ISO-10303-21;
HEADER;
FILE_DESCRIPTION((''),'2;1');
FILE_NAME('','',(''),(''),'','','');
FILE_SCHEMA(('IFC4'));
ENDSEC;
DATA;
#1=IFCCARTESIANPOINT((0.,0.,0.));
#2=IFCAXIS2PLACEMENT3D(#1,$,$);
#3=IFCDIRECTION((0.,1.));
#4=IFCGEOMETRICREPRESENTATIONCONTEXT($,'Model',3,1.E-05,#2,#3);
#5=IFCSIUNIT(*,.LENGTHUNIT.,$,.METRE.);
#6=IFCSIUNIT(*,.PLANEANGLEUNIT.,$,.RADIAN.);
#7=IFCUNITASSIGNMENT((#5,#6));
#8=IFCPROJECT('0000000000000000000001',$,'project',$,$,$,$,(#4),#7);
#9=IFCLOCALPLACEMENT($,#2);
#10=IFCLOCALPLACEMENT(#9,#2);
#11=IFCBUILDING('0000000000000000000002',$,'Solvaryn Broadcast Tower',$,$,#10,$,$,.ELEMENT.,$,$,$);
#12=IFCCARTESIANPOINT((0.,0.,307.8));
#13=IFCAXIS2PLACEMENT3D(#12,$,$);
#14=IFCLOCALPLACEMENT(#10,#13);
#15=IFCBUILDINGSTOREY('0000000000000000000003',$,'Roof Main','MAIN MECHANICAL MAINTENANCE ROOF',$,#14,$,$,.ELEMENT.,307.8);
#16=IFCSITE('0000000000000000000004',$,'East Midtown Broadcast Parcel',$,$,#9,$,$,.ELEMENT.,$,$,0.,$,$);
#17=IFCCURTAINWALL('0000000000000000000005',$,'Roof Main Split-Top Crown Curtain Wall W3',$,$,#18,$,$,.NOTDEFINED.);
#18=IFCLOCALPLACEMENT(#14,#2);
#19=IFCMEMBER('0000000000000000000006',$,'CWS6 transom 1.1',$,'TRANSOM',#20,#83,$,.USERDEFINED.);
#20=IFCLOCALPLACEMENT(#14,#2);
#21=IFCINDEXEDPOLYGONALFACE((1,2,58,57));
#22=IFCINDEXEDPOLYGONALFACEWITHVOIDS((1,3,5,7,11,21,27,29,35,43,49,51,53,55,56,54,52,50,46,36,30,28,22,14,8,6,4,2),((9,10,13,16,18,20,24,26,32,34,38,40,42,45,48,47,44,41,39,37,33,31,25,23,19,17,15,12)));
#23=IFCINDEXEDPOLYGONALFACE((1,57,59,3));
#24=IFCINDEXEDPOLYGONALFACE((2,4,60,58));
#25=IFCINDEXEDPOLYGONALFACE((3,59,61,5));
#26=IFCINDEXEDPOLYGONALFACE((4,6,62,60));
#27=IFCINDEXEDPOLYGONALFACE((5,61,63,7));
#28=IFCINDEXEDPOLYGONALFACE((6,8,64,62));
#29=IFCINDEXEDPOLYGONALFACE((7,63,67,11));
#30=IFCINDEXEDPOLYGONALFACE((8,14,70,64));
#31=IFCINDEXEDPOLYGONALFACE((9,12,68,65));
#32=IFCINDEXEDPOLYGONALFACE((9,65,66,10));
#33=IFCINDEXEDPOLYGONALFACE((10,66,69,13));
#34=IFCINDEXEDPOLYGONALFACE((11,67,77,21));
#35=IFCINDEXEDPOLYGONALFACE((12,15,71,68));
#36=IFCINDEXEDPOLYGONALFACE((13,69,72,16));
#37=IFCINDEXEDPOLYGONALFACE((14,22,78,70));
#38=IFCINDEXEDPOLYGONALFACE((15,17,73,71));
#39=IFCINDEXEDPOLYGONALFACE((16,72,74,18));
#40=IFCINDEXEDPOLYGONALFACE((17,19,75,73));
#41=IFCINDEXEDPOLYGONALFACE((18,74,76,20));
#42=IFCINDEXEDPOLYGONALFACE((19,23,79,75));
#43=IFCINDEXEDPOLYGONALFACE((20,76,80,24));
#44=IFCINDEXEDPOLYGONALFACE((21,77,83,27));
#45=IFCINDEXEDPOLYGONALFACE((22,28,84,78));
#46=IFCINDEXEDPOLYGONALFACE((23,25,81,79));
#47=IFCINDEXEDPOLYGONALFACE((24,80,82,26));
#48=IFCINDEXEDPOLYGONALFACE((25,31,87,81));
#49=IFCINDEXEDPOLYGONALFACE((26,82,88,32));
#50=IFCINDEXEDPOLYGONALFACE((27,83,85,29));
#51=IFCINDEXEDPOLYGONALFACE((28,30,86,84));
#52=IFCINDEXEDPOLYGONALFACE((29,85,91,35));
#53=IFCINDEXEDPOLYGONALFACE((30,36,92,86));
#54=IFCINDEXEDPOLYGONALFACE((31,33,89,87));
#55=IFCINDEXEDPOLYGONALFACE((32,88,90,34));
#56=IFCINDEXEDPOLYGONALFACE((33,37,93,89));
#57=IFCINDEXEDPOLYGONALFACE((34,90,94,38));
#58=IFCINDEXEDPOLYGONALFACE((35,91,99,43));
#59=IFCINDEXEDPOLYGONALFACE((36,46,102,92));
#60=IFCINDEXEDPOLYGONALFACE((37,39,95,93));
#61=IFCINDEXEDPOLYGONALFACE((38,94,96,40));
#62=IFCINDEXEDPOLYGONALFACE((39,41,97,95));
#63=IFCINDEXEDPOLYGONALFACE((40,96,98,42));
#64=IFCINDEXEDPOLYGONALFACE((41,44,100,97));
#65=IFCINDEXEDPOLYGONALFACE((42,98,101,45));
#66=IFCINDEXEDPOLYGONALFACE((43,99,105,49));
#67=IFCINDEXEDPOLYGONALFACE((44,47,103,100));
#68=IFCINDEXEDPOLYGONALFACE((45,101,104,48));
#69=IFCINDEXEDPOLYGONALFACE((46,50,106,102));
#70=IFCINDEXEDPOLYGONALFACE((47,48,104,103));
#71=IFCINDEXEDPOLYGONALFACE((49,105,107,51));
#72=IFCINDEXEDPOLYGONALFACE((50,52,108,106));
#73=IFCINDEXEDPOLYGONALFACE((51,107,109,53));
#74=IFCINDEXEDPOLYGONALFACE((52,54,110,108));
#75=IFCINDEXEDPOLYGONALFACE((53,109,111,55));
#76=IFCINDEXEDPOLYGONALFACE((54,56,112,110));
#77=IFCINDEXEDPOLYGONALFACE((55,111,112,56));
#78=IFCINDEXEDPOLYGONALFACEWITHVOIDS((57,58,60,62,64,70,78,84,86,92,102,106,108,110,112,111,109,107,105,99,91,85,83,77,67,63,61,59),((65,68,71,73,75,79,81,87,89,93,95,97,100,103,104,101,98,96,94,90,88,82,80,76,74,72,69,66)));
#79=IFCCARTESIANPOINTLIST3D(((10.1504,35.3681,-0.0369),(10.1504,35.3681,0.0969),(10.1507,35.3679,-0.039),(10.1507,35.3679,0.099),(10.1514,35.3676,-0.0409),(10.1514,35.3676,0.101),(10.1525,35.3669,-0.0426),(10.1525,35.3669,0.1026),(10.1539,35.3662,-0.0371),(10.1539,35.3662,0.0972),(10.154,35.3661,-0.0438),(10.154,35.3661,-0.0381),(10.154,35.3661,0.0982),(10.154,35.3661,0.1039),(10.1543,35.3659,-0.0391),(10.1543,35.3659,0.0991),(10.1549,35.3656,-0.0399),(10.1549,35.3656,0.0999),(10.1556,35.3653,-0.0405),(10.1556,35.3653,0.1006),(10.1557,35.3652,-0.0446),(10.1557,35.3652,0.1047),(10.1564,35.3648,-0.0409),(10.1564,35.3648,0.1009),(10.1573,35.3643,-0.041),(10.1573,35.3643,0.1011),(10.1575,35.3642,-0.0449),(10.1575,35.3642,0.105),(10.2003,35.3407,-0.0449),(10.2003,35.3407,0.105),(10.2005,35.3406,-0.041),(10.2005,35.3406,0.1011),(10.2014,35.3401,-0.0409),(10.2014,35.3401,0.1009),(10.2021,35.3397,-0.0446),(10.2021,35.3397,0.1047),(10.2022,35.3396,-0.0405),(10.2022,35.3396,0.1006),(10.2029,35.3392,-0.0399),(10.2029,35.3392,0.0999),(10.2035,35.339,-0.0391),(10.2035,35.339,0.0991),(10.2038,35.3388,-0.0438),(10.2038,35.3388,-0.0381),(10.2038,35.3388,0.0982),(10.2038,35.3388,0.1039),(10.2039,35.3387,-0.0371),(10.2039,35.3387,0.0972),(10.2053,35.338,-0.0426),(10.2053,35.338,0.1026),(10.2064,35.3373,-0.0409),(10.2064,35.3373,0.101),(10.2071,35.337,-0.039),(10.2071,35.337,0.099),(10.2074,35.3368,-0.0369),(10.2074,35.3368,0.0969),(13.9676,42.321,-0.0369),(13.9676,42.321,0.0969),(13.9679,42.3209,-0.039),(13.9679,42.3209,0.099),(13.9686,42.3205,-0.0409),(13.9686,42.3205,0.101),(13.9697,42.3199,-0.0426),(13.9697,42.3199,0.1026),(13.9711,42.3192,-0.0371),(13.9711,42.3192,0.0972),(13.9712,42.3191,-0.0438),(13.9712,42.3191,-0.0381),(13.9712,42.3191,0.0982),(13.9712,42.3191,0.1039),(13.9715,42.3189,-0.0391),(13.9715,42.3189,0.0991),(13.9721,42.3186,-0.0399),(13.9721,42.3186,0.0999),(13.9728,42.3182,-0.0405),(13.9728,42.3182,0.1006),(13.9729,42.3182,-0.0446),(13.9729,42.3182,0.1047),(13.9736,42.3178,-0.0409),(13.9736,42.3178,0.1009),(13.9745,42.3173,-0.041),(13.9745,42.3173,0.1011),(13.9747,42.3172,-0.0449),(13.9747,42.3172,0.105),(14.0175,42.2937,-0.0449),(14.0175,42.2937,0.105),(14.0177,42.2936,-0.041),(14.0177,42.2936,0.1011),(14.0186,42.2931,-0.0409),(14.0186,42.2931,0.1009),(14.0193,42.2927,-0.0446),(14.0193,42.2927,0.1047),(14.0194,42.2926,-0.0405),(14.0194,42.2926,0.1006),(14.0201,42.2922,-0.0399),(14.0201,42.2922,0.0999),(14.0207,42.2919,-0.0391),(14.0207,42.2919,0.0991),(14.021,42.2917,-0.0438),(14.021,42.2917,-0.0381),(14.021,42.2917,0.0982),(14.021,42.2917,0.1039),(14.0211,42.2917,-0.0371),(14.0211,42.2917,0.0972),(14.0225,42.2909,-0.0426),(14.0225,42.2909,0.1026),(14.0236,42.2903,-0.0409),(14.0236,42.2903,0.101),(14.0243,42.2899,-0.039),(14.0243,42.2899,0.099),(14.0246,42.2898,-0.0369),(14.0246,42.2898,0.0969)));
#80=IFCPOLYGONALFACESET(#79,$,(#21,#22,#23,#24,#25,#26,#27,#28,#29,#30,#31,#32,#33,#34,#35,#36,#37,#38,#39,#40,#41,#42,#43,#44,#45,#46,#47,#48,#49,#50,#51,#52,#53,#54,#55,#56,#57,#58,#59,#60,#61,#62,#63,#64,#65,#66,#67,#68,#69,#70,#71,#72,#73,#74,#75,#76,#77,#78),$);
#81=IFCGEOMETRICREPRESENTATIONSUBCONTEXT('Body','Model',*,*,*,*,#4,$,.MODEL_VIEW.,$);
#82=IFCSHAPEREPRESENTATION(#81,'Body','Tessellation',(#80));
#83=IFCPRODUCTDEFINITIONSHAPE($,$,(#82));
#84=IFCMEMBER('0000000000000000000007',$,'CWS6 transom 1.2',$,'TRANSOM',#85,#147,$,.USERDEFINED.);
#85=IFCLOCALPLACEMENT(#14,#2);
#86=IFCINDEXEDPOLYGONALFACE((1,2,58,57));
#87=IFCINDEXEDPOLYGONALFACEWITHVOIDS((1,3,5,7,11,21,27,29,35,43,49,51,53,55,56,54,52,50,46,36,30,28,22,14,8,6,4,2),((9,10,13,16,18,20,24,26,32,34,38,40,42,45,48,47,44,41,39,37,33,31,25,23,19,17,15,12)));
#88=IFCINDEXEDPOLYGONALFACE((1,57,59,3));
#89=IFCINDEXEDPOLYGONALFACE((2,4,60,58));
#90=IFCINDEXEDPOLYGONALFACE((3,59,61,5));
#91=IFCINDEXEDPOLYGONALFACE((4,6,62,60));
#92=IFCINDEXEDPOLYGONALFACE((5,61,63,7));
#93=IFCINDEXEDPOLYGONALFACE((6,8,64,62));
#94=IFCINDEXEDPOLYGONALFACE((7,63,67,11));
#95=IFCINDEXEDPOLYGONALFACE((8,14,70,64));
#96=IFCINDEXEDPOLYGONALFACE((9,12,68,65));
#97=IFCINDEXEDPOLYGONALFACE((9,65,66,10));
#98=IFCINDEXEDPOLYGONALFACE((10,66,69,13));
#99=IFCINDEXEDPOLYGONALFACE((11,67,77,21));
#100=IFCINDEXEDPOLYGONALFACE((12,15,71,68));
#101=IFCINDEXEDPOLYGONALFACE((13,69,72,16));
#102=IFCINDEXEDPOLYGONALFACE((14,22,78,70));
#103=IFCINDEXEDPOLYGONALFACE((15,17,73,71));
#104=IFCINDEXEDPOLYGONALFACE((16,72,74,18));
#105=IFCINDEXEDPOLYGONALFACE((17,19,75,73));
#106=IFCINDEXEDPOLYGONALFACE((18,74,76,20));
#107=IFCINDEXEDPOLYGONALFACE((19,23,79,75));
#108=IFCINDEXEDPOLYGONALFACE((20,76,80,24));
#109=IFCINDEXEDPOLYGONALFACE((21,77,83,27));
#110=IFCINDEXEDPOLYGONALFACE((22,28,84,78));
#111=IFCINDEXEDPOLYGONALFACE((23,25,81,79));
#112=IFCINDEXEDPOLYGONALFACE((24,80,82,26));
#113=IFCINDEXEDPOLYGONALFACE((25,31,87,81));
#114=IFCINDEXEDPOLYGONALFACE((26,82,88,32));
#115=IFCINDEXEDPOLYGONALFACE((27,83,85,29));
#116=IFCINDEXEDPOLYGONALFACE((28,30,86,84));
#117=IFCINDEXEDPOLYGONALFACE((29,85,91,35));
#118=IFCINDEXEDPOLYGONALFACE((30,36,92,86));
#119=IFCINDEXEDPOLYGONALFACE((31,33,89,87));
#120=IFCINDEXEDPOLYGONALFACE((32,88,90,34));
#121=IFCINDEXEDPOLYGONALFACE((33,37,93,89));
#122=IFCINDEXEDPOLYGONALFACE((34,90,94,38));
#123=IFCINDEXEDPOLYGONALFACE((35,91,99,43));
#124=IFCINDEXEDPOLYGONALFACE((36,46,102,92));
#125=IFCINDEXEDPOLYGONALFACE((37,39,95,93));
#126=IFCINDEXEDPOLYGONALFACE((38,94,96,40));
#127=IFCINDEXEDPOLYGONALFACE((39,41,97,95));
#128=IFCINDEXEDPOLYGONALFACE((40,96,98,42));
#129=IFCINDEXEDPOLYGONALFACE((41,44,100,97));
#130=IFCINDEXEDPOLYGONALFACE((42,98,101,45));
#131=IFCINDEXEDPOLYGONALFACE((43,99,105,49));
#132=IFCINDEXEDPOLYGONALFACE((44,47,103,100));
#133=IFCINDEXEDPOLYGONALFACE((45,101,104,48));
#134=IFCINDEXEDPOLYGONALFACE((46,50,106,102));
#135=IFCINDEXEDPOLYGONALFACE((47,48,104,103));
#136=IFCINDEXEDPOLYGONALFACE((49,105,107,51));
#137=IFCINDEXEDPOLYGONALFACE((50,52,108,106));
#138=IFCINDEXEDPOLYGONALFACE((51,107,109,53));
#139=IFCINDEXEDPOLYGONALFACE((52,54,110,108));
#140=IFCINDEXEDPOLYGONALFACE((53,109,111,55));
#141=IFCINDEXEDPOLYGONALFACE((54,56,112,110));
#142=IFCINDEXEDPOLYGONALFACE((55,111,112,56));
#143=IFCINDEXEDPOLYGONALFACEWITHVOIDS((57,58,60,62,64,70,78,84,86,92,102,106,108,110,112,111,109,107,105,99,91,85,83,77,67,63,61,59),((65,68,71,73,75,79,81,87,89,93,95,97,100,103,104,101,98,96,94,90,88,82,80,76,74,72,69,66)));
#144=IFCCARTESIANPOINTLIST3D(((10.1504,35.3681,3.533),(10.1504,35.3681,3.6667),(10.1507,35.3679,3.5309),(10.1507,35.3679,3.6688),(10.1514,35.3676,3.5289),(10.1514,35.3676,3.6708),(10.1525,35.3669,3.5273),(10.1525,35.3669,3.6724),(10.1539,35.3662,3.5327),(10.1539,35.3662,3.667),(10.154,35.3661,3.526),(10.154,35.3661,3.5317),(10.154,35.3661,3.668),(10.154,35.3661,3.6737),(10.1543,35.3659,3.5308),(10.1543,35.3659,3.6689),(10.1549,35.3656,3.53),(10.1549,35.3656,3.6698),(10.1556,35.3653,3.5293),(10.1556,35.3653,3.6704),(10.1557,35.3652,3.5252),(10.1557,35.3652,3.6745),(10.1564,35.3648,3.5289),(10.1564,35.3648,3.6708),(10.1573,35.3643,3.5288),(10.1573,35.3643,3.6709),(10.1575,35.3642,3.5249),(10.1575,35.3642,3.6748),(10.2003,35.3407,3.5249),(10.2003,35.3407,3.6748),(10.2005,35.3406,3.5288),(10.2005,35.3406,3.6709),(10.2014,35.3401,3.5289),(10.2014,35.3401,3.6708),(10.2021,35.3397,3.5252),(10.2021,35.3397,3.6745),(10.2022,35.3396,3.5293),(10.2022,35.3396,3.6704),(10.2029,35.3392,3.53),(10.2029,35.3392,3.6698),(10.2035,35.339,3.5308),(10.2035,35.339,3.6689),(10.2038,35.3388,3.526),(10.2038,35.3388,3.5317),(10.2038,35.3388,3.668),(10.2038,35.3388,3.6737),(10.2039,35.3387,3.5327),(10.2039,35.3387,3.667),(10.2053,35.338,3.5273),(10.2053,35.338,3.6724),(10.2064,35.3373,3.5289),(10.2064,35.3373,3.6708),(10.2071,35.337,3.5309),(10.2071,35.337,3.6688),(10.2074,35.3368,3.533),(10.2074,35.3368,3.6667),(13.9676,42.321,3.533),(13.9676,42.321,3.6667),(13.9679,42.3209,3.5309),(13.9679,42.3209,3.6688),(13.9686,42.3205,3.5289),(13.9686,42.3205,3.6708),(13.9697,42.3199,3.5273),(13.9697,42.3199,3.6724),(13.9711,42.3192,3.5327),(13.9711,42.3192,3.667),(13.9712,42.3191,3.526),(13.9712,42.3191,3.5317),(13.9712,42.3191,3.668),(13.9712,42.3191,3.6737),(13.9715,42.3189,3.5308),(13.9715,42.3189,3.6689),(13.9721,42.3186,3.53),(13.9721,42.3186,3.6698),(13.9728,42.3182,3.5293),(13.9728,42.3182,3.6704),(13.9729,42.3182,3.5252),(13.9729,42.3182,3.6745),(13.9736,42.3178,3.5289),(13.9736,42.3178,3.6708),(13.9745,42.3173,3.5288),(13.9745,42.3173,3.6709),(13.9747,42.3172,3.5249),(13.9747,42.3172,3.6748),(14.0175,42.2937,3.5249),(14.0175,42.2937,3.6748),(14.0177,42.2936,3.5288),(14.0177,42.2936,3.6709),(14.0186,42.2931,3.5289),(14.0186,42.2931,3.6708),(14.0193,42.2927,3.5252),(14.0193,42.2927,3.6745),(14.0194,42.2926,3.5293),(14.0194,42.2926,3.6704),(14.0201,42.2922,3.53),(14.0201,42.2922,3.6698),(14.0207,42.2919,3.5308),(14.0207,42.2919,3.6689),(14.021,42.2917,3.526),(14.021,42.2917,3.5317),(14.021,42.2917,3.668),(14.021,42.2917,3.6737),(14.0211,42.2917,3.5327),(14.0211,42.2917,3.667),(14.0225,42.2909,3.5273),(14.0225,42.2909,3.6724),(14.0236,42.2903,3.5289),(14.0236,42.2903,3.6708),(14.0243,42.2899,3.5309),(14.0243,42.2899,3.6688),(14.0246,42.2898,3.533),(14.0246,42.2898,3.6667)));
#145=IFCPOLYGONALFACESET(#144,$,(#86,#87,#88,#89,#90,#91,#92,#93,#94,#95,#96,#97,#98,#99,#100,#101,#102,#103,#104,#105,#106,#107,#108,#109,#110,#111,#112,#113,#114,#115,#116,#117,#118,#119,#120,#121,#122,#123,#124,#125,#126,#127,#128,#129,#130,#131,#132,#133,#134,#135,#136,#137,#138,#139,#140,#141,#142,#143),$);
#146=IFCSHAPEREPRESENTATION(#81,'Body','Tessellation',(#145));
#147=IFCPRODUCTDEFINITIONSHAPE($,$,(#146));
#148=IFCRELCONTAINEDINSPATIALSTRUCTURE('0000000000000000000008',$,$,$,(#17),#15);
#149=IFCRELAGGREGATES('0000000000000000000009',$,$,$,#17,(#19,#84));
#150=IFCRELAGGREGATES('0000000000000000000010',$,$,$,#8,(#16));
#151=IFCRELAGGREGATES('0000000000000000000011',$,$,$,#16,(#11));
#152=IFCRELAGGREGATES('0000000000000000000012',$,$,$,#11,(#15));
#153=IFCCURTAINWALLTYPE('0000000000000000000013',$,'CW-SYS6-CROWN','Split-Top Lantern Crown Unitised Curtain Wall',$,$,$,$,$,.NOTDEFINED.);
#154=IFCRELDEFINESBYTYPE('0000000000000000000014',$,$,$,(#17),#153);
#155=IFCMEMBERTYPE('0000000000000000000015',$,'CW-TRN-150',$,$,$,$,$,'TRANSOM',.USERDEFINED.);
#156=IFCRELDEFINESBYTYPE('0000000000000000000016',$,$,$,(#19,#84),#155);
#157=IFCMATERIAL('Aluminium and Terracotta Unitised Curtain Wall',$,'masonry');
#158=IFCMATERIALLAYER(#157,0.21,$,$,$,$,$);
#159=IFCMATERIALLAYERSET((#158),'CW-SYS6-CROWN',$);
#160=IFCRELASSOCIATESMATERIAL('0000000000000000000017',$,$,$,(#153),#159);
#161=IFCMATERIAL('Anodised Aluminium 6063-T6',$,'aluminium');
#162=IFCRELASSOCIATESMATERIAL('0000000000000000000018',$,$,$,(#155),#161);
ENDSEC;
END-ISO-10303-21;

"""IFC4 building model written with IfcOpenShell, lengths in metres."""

from ifc_helpers import new_model, si_unit, direction, frame, origin, origin_2d, place, context, subcontext, project, spatial, hollow_rectangle, extrude, material, layer, layer_set, material_profile, profile_set, type_object, element, aggregate, save


model = new_model("IFC4")

# Units and contexts
model_context = context("Model", 3, precision=1e-05, world=origin(), true_north=direction((0.0, 1.0)))
body_context = subcontext(model_context, "Body", "Model", "MODEL_VIEW")
ifc_project = project(units=[si_unit("LENGTHUNIT", "METRE"), si_unit("PLANEANGLEUNIT", "RADIAN")], contexts=[model_context])

# Site, building, storey
site_placement = place(None, origin())
site = spatial("IfcSite", under=ifc_project, at=site_placement, Name="East Midtown Broadcast Parcel", CompositionType="ELEMENT", RefElevation=0.0)
building_placement = place(site_placement, origin())
building = spatial("IfcBuilding", under=site, at=building_placement, Name="Solvaryn Broadcast Tower", CompositionType="ELEMENT")
storey_placement = place(building_placement, frame((0.0, 0.0, 307.8)))
storey = spatial("IfcBuildingStorey", under=building, at=storey_placement, Name="Roof Main", Description="MAIN MECHANICAL MAINTENANCE ROOF", CompositionType="ELEMENT", Elevation=307.8)

# Shared definitions
ifc_material_1 = material(Name="Aluminium and Terracotta Unitised Curtain Wall", Category="masonry")
ifc_layer_1 = layer(ifc_material_1, 0.21)
ifc_layer_set_1 = layer_set([ifc_layer_1], Name="CW-SYS6-CROWN")
curtain_wall_type = type_object("IfcCurtainWallType", Name="CW-SYS6-CROWN", Description="Split-Top Lantern Crown Unitised Curtain Wall", PredefinedType="NOTDEFINED", material=ifc_layer_set_1)

# Curtain wall, members
curtain_wall_1_placement = place(storey_placement, origin())
curtain_wall_1 = element("IfcCurtainWall", 1, at=curtain_wall_1_placement, inside=storey, type_object=curtain_wall_type, Name="Roof Main Split-Top Crown Curtain Wall W3", PredefinedType="NOTDEFINED")
ifc_material_2 = material(Name="Anodised Aluminium 6063-T6", Category="aluminium")
ifc_material_profile_1 = material_profile(ifc_material_2, hollow_rectangle(XDim=0.0649, YDim=0.1499, WallThickness=0.0039, InnerFilletRadius=0.0039, OuterFilletRadius=0.0081, at=origin_2d()))
ifc_profile_set_1 = profile_set([ifc_material_profile_1], Name="Anodised Aluminium 6063-T6")
member_type_1 = type_object("IfcMemberType", Name="CW-TRN-150", ElementType="TRANSOM", PredefinedType="USERDEFINED", material=ifc_profile_set_1)
member_1_placement = place(storey_placement, frame((13.9961, 42.3054, 0.03), z_axis=(-0.481246, -0.876585, 0.0), x_axis=(0.876585, -0.481246, 0.0)))
member_1 = element("IfcMember", 2, at=member_1_placement, type_object=member_type_1, Name="CWS6 transom 1.1", ObjectType="TRANSOM", PredefinedType="USERDEFINED", context=body_context, shape_type="SweptSolid", body=[
    extrude(hollow_rectangle(XDim=0.0649, YDim=0.1499, WallThickness=0.0039, InnerFilletRadius=0.0039, OuterFilletRadius=0.0081, at=origin_2d()), origin(), (0.0, 0.0, 1.0), 7.9319),
])
member_2_placement = place(storey_placement, frame((13.9961, 42.3054, 3.5999), z_axis=(-0.481246, -0.876585, 0.0), x_axis=(0.876585, -0.481246, 0.0)))
member_2 = element("IfcMember", 3, at=member_2_placement, type_object=member_type_1, Name="CWS6 transom 1.2", ObjectType="TRANSOM", PredefinedType="USERDEFINED", context=body_context, shape_type="SweptSolid", body=[
    extrude(hollow_rectangle(XDim=0.0649, YDim=0.1499, WallThickness=0.0039, InnerFilletRadius=0.0039, OuterFilletRadius=0.0081, at=origin_2d()), origin(), (0.0, 0.0, 1.0), 7.9319),
])

aggregate(curtain_wall_1, [member_1, member_2])

save(model, "model.ifc")
